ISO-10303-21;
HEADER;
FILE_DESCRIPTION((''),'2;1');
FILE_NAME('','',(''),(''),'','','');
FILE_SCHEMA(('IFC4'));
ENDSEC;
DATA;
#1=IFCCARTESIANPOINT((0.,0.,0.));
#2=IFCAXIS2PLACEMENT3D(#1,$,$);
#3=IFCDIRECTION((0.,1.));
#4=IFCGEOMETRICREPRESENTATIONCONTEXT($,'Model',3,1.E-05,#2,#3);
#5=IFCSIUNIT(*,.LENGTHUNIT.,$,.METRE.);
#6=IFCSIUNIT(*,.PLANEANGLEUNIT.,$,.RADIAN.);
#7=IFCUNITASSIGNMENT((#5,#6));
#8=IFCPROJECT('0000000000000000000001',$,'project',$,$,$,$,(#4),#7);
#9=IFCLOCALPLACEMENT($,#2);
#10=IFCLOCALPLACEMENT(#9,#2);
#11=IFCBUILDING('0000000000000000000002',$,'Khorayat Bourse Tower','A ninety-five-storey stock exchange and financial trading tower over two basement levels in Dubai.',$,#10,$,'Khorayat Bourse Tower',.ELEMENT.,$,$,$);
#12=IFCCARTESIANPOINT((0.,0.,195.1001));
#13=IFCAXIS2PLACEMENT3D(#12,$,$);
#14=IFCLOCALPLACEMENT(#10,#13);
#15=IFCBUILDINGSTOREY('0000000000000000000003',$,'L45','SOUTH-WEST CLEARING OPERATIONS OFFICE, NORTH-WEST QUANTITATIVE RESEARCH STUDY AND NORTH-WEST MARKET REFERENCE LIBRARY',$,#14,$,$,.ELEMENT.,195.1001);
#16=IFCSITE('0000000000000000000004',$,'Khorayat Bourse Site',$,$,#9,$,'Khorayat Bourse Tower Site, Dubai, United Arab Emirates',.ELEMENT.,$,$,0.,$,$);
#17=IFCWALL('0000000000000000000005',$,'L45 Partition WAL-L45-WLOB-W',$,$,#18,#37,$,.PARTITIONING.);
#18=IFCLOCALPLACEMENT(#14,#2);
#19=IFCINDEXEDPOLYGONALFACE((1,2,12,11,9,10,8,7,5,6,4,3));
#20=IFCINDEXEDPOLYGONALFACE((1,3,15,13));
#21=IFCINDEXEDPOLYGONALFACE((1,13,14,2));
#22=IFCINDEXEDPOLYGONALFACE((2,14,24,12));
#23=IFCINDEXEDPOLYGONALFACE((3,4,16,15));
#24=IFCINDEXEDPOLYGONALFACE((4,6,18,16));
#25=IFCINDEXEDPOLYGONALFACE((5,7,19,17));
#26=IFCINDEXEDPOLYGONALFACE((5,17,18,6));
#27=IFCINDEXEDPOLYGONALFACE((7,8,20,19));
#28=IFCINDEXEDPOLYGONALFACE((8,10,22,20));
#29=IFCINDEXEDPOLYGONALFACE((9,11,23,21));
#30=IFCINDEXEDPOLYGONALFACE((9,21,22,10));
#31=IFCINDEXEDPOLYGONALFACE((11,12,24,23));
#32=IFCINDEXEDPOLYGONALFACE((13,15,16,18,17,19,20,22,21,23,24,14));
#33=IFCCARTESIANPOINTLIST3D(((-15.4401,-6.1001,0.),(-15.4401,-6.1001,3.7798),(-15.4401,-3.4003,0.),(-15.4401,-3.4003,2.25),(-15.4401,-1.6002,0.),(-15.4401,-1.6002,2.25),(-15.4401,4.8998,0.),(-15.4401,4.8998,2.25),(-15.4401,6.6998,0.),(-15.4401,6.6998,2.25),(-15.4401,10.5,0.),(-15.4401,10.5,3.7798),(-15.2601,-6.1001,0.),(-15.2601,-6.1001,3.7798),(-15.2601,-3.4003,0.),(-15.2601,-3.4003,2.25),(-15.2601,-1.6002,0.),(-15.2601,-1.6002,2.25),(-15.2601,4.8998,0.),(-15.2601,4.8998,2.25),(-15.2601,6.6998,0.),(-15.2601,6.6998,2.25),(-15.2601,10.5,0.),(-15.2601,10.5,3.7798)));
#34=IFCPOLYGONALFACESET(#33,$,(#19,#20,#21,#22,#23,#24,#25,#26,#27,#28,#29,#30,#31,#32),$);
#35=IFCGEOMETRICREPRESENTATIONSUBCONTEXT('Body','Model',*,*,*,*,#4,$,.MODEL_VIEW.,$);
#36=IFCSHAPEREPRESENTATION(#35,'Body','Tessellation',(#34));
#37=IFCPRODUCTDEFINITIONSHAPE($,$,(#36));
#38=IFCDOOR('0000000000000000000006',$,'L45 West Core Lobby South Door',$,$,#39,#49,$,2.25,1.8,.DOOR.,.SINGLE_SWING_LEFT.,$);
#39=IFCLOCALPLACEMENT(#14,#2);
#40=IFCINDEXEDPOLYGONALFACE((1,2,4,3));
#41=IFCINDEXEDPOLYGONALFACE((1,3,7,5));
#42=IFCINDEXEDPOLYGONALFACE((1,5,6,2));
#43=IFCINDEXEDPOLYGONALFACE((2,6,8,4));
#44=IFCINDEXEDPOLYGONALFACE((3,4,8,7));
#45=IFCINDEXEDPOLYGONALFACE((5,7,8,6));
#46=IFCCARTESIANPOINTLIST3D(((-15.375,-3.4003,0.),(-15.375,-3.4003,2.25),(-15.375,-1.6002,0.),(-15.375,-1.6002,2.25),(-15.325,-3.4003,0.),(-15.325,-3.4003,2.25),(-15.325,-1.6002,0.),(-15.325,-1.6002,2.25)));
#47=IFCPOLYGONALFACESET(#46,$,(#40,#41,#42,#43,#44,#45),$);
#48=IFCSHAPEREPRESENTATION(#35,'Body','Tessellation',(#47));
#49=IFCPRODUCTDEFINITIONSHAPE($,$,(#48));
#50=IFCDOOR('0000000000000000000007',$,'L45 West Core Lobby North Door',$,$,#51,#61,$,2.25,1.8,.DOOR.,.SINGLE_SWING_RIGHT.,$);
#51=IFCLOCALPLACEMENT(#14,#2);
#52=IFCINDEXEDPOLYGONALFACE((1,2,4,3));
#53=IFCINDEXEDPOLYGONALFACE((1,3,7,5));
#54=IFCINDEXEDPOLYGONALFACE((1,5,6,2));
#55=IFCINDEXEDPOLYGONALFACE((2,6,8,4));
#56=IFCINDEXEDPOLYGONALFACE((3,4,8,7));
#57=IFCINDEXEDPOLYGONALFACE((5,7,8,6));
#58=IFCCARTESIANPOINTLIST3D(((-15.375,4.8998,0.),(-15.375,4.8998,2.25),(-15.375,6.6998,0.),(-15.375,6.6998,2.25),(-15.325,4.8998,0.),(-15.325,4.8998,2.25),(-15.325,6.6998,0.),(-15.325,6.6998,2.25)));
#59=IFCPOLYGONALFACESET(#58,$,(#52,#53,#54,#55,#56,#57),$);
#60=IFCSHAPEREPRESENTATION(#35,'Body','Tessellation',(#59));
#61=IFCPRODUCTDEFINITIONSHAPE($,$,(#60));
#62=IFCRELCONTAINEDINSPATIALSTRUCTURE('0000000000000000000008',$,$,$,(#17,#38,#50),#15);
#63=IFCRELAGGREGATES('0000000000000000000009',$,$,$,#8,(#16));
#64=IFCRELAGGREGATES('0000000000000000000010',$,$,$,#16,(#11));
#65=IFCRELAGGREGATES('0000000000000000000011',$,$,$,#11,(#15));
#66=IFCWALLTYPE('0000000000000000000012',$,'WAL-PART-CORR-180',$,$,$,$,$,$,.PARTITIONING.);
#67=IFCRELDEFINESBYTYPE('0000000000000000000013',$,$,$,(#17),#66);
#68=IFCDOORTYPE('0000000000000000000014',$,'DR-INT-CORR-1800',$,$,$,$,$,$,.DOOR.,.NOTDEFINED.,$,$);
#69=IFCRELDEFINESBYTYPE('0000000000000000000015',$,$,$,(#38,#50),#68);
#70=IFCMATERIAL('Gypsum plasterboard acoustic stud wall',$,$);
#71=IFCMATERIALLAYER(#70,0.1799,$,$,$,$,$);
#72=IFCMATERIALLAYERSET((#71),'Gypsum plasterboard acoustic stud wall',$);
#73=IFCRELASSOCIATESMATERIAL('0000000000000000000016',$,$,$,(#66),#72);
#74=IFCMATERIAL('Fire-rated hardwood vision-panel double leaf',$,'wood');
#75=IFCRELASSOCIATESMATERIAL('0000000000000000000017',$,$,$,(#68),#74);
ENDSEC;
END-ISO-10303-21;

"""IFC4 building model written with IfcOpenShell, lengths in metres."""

from ifc_helpers import new_model, si_unit, direction, frame, frame_2d, origin, place, context, subcontext, project, spatial, rectangle, extrude, source, transform, mapped, material, layer, layer_set, type_object, element, fill, save


model = new_model("IFC4")

# Units and contexts
model_context = context("Model", 3, precision=1e-05, world=origin(), true_north=direction((0.0, 1.0)))
body_context = subcontext(model_context, "Body", "Model", "MODEL_VIEW")
ifc_project = project(units=[si_unit("LENGTHUNIT", "METRE"), si_unit("PLANEANGLEUNIT", "RADIAN")], contexts=[model_context])

# Site, building, storey
site_placement = place(None, origin())
site = spatial("IfcSite", under=ifc_project, at=site_placement, Name="Khorayat Bourse Site", LongName="Khorayat Bourse Tower Site, Dubai, United Arab Emirates", CompositionType="ELEMENT", RefElevation=0.0)
building_placement = place(site_placement, origin())
building = spatial("IfcBuilding", under=site, at=building_placement, Name="Khorayat Bourse Tower", Description="A ninety-five-storey stock exchange and financial trading tower over two basement levels in Dubai.", LongName="Khorayat Bourse Tower", CompositionType="ELEMENT")
storey_placement = place(building_placement, frame((0.0, 0.0, 195.1001)))
storey = spatial("IfcBuildingStorey", under=building, at=storey_placement, Name="L45", Description="SOUTH-WEST CLEARING OPERATIONS OFFICE, NORTH-WEST QUANTITATIVE RESEARCH STUDY AND NORTH-WEST MARKET REFERENCE LIBRARY", CompositionType="ELEMENT", Elevation=195.1001)

# Wall, openings, doors
ifc_material_1 = material(Name="Gypsum plasterboard acoustic stud wall")
ifc_layer_1 = layer(ifc_material_1, 0.1799)
ifc_layer_set_1 = layer_set([ifc_layer_1], Name="Gypsum plasterboard acoustic stud wall")
wall_type_1 = type_object("IfcWallType", Name="WAL-PART-CORR-180", PredefinedType="PARTITIONING", material=ifc_layer_set_1)
shared_shape_1 = source(origin(), body_context, "Body", "SweptSolid", [
    extrude(rectangle(XDim=16.6001, YDim=0.1799, at=frame_2d((8.3, 0.0))), origin(), (0.0, 0.0, 1.0), 3.7798),
])
wall_1_placement = place(storey_placement, frame((-15.3501, -6.1001, 0.0), z_axis=(0.0, 0.0, 1.0), x_axis=(0.0, 1.0, 0.0)))
wall_1 = element("IfcWall", 1, at=wall_1_placement, inside=storey, type_object=wall_type_1, Name="L45 Partition WAL-L45-WLOB-W", PredefinedType="PARTITIONING", context=body_context, shape_type="MappedRepresentation", body=[
    mapped(shared_shape_1, transform((0.0, 0.0, 0.0), scale=1.0)),
])
shared_shape_2 = source(origin(), body_context, "Body", "SweptSolid", [
    extrude(rectangle(XDim=1.8, YDim=2.25, at=frame_2d((0.8999, 1.125))), frame((0.0, 0.0999, 0.0), z_axis=(0.0, -1.0, 0.0), x_axis=(1.0, 0.0, 0.0)), (0.0, 0.0, 1.0), 0.2),
])
opening_1_placement = place(wall_1_placement, frame((2.7, 0.0, 0.0)))
opening_1 = element("IfcOpeningElement", 2, at=opening_1_placement, cuts=wall_1, PredefinedType="OPENING", context=body_context, shape_type="MappedRepresentation", body=[
    mapped(shared_shape_2, transform((0.0, 0.0, 0.0), scale=1.0)),
])
opening_2_placement = place(wall_1_placement, frame((11.0, 0.0, 0.0)))
opening_2 = element("IfcOpeningElement", 3, at=opening_2_placement, cuts=wall_1, PredefinedType="OPENING", context=body_context, shape_type="MappedRepresentation", body=[
    mapped(shared_shape_2, transform((0.0, 0.0, 0.0), scale=1.0)),
])
ifc_material_2 = material(Name="Fire-rated hardwood vision-panel double leaf", Category="wood")
door_type_1 = type_object("IfcDoorType", Name="DR-INT-CORR-1800", OperationType="NOTDEFINED", PredefinedType="DOOR", material=ifc_material_2)
shared_shape_3 = source(origin(), body_context, "Body", "SweptSolid", [
    extrude(rectangle(XDim=1.8, YDim=2.25, at=frame_2d((0.8999, 1.125))), frame((0.0, 0.0249, 0.0), z_axis=(0.0, -1.0, 0.0), x_axis=(1.0, 0.0, 0.0)), (0.0, 0.0, 1.0), 0.05),
])
door_1_placement = place(opening_1_placement, origin())
door_1 = element("IfcDoor", 4, at=door_1_placement, inside=storey, type_object=door_type_1, Name="L45 West Core Lobby South Door", OperationType="SINGLE_SWING_LEFT", OverallHeight=2.25, OverallWidth=1.8, PredefinedType="DOOR", context=body_context, shape_type="MappedRepresentation", body=[
    mapped(shared_shape_3, transform((0.0, 0.0, 0.0), scale=1.0)),
])
fill(opening_1, door_1)
door_2_placement = place(opening_2_placement, origin())
door_2 = element("IfcDoor", 5, at=door_2_placement, inside=storey, type_object=door_type_1, Name="L45 West Core Lobby North Door", OperationType="SINGLE_SWING_RIGHT", OverallHeight=2.25, OverallWidth=1.8, PredefinedType="DOOR", context=body_context, shape_type="MappedRepresentation", body=[
    mapped(shared_shape_3, transform((0.0, 0.0, 0.0), scale=1.0)),
])
fill(opening_2, door_2)

save(model, "model.ifc")
